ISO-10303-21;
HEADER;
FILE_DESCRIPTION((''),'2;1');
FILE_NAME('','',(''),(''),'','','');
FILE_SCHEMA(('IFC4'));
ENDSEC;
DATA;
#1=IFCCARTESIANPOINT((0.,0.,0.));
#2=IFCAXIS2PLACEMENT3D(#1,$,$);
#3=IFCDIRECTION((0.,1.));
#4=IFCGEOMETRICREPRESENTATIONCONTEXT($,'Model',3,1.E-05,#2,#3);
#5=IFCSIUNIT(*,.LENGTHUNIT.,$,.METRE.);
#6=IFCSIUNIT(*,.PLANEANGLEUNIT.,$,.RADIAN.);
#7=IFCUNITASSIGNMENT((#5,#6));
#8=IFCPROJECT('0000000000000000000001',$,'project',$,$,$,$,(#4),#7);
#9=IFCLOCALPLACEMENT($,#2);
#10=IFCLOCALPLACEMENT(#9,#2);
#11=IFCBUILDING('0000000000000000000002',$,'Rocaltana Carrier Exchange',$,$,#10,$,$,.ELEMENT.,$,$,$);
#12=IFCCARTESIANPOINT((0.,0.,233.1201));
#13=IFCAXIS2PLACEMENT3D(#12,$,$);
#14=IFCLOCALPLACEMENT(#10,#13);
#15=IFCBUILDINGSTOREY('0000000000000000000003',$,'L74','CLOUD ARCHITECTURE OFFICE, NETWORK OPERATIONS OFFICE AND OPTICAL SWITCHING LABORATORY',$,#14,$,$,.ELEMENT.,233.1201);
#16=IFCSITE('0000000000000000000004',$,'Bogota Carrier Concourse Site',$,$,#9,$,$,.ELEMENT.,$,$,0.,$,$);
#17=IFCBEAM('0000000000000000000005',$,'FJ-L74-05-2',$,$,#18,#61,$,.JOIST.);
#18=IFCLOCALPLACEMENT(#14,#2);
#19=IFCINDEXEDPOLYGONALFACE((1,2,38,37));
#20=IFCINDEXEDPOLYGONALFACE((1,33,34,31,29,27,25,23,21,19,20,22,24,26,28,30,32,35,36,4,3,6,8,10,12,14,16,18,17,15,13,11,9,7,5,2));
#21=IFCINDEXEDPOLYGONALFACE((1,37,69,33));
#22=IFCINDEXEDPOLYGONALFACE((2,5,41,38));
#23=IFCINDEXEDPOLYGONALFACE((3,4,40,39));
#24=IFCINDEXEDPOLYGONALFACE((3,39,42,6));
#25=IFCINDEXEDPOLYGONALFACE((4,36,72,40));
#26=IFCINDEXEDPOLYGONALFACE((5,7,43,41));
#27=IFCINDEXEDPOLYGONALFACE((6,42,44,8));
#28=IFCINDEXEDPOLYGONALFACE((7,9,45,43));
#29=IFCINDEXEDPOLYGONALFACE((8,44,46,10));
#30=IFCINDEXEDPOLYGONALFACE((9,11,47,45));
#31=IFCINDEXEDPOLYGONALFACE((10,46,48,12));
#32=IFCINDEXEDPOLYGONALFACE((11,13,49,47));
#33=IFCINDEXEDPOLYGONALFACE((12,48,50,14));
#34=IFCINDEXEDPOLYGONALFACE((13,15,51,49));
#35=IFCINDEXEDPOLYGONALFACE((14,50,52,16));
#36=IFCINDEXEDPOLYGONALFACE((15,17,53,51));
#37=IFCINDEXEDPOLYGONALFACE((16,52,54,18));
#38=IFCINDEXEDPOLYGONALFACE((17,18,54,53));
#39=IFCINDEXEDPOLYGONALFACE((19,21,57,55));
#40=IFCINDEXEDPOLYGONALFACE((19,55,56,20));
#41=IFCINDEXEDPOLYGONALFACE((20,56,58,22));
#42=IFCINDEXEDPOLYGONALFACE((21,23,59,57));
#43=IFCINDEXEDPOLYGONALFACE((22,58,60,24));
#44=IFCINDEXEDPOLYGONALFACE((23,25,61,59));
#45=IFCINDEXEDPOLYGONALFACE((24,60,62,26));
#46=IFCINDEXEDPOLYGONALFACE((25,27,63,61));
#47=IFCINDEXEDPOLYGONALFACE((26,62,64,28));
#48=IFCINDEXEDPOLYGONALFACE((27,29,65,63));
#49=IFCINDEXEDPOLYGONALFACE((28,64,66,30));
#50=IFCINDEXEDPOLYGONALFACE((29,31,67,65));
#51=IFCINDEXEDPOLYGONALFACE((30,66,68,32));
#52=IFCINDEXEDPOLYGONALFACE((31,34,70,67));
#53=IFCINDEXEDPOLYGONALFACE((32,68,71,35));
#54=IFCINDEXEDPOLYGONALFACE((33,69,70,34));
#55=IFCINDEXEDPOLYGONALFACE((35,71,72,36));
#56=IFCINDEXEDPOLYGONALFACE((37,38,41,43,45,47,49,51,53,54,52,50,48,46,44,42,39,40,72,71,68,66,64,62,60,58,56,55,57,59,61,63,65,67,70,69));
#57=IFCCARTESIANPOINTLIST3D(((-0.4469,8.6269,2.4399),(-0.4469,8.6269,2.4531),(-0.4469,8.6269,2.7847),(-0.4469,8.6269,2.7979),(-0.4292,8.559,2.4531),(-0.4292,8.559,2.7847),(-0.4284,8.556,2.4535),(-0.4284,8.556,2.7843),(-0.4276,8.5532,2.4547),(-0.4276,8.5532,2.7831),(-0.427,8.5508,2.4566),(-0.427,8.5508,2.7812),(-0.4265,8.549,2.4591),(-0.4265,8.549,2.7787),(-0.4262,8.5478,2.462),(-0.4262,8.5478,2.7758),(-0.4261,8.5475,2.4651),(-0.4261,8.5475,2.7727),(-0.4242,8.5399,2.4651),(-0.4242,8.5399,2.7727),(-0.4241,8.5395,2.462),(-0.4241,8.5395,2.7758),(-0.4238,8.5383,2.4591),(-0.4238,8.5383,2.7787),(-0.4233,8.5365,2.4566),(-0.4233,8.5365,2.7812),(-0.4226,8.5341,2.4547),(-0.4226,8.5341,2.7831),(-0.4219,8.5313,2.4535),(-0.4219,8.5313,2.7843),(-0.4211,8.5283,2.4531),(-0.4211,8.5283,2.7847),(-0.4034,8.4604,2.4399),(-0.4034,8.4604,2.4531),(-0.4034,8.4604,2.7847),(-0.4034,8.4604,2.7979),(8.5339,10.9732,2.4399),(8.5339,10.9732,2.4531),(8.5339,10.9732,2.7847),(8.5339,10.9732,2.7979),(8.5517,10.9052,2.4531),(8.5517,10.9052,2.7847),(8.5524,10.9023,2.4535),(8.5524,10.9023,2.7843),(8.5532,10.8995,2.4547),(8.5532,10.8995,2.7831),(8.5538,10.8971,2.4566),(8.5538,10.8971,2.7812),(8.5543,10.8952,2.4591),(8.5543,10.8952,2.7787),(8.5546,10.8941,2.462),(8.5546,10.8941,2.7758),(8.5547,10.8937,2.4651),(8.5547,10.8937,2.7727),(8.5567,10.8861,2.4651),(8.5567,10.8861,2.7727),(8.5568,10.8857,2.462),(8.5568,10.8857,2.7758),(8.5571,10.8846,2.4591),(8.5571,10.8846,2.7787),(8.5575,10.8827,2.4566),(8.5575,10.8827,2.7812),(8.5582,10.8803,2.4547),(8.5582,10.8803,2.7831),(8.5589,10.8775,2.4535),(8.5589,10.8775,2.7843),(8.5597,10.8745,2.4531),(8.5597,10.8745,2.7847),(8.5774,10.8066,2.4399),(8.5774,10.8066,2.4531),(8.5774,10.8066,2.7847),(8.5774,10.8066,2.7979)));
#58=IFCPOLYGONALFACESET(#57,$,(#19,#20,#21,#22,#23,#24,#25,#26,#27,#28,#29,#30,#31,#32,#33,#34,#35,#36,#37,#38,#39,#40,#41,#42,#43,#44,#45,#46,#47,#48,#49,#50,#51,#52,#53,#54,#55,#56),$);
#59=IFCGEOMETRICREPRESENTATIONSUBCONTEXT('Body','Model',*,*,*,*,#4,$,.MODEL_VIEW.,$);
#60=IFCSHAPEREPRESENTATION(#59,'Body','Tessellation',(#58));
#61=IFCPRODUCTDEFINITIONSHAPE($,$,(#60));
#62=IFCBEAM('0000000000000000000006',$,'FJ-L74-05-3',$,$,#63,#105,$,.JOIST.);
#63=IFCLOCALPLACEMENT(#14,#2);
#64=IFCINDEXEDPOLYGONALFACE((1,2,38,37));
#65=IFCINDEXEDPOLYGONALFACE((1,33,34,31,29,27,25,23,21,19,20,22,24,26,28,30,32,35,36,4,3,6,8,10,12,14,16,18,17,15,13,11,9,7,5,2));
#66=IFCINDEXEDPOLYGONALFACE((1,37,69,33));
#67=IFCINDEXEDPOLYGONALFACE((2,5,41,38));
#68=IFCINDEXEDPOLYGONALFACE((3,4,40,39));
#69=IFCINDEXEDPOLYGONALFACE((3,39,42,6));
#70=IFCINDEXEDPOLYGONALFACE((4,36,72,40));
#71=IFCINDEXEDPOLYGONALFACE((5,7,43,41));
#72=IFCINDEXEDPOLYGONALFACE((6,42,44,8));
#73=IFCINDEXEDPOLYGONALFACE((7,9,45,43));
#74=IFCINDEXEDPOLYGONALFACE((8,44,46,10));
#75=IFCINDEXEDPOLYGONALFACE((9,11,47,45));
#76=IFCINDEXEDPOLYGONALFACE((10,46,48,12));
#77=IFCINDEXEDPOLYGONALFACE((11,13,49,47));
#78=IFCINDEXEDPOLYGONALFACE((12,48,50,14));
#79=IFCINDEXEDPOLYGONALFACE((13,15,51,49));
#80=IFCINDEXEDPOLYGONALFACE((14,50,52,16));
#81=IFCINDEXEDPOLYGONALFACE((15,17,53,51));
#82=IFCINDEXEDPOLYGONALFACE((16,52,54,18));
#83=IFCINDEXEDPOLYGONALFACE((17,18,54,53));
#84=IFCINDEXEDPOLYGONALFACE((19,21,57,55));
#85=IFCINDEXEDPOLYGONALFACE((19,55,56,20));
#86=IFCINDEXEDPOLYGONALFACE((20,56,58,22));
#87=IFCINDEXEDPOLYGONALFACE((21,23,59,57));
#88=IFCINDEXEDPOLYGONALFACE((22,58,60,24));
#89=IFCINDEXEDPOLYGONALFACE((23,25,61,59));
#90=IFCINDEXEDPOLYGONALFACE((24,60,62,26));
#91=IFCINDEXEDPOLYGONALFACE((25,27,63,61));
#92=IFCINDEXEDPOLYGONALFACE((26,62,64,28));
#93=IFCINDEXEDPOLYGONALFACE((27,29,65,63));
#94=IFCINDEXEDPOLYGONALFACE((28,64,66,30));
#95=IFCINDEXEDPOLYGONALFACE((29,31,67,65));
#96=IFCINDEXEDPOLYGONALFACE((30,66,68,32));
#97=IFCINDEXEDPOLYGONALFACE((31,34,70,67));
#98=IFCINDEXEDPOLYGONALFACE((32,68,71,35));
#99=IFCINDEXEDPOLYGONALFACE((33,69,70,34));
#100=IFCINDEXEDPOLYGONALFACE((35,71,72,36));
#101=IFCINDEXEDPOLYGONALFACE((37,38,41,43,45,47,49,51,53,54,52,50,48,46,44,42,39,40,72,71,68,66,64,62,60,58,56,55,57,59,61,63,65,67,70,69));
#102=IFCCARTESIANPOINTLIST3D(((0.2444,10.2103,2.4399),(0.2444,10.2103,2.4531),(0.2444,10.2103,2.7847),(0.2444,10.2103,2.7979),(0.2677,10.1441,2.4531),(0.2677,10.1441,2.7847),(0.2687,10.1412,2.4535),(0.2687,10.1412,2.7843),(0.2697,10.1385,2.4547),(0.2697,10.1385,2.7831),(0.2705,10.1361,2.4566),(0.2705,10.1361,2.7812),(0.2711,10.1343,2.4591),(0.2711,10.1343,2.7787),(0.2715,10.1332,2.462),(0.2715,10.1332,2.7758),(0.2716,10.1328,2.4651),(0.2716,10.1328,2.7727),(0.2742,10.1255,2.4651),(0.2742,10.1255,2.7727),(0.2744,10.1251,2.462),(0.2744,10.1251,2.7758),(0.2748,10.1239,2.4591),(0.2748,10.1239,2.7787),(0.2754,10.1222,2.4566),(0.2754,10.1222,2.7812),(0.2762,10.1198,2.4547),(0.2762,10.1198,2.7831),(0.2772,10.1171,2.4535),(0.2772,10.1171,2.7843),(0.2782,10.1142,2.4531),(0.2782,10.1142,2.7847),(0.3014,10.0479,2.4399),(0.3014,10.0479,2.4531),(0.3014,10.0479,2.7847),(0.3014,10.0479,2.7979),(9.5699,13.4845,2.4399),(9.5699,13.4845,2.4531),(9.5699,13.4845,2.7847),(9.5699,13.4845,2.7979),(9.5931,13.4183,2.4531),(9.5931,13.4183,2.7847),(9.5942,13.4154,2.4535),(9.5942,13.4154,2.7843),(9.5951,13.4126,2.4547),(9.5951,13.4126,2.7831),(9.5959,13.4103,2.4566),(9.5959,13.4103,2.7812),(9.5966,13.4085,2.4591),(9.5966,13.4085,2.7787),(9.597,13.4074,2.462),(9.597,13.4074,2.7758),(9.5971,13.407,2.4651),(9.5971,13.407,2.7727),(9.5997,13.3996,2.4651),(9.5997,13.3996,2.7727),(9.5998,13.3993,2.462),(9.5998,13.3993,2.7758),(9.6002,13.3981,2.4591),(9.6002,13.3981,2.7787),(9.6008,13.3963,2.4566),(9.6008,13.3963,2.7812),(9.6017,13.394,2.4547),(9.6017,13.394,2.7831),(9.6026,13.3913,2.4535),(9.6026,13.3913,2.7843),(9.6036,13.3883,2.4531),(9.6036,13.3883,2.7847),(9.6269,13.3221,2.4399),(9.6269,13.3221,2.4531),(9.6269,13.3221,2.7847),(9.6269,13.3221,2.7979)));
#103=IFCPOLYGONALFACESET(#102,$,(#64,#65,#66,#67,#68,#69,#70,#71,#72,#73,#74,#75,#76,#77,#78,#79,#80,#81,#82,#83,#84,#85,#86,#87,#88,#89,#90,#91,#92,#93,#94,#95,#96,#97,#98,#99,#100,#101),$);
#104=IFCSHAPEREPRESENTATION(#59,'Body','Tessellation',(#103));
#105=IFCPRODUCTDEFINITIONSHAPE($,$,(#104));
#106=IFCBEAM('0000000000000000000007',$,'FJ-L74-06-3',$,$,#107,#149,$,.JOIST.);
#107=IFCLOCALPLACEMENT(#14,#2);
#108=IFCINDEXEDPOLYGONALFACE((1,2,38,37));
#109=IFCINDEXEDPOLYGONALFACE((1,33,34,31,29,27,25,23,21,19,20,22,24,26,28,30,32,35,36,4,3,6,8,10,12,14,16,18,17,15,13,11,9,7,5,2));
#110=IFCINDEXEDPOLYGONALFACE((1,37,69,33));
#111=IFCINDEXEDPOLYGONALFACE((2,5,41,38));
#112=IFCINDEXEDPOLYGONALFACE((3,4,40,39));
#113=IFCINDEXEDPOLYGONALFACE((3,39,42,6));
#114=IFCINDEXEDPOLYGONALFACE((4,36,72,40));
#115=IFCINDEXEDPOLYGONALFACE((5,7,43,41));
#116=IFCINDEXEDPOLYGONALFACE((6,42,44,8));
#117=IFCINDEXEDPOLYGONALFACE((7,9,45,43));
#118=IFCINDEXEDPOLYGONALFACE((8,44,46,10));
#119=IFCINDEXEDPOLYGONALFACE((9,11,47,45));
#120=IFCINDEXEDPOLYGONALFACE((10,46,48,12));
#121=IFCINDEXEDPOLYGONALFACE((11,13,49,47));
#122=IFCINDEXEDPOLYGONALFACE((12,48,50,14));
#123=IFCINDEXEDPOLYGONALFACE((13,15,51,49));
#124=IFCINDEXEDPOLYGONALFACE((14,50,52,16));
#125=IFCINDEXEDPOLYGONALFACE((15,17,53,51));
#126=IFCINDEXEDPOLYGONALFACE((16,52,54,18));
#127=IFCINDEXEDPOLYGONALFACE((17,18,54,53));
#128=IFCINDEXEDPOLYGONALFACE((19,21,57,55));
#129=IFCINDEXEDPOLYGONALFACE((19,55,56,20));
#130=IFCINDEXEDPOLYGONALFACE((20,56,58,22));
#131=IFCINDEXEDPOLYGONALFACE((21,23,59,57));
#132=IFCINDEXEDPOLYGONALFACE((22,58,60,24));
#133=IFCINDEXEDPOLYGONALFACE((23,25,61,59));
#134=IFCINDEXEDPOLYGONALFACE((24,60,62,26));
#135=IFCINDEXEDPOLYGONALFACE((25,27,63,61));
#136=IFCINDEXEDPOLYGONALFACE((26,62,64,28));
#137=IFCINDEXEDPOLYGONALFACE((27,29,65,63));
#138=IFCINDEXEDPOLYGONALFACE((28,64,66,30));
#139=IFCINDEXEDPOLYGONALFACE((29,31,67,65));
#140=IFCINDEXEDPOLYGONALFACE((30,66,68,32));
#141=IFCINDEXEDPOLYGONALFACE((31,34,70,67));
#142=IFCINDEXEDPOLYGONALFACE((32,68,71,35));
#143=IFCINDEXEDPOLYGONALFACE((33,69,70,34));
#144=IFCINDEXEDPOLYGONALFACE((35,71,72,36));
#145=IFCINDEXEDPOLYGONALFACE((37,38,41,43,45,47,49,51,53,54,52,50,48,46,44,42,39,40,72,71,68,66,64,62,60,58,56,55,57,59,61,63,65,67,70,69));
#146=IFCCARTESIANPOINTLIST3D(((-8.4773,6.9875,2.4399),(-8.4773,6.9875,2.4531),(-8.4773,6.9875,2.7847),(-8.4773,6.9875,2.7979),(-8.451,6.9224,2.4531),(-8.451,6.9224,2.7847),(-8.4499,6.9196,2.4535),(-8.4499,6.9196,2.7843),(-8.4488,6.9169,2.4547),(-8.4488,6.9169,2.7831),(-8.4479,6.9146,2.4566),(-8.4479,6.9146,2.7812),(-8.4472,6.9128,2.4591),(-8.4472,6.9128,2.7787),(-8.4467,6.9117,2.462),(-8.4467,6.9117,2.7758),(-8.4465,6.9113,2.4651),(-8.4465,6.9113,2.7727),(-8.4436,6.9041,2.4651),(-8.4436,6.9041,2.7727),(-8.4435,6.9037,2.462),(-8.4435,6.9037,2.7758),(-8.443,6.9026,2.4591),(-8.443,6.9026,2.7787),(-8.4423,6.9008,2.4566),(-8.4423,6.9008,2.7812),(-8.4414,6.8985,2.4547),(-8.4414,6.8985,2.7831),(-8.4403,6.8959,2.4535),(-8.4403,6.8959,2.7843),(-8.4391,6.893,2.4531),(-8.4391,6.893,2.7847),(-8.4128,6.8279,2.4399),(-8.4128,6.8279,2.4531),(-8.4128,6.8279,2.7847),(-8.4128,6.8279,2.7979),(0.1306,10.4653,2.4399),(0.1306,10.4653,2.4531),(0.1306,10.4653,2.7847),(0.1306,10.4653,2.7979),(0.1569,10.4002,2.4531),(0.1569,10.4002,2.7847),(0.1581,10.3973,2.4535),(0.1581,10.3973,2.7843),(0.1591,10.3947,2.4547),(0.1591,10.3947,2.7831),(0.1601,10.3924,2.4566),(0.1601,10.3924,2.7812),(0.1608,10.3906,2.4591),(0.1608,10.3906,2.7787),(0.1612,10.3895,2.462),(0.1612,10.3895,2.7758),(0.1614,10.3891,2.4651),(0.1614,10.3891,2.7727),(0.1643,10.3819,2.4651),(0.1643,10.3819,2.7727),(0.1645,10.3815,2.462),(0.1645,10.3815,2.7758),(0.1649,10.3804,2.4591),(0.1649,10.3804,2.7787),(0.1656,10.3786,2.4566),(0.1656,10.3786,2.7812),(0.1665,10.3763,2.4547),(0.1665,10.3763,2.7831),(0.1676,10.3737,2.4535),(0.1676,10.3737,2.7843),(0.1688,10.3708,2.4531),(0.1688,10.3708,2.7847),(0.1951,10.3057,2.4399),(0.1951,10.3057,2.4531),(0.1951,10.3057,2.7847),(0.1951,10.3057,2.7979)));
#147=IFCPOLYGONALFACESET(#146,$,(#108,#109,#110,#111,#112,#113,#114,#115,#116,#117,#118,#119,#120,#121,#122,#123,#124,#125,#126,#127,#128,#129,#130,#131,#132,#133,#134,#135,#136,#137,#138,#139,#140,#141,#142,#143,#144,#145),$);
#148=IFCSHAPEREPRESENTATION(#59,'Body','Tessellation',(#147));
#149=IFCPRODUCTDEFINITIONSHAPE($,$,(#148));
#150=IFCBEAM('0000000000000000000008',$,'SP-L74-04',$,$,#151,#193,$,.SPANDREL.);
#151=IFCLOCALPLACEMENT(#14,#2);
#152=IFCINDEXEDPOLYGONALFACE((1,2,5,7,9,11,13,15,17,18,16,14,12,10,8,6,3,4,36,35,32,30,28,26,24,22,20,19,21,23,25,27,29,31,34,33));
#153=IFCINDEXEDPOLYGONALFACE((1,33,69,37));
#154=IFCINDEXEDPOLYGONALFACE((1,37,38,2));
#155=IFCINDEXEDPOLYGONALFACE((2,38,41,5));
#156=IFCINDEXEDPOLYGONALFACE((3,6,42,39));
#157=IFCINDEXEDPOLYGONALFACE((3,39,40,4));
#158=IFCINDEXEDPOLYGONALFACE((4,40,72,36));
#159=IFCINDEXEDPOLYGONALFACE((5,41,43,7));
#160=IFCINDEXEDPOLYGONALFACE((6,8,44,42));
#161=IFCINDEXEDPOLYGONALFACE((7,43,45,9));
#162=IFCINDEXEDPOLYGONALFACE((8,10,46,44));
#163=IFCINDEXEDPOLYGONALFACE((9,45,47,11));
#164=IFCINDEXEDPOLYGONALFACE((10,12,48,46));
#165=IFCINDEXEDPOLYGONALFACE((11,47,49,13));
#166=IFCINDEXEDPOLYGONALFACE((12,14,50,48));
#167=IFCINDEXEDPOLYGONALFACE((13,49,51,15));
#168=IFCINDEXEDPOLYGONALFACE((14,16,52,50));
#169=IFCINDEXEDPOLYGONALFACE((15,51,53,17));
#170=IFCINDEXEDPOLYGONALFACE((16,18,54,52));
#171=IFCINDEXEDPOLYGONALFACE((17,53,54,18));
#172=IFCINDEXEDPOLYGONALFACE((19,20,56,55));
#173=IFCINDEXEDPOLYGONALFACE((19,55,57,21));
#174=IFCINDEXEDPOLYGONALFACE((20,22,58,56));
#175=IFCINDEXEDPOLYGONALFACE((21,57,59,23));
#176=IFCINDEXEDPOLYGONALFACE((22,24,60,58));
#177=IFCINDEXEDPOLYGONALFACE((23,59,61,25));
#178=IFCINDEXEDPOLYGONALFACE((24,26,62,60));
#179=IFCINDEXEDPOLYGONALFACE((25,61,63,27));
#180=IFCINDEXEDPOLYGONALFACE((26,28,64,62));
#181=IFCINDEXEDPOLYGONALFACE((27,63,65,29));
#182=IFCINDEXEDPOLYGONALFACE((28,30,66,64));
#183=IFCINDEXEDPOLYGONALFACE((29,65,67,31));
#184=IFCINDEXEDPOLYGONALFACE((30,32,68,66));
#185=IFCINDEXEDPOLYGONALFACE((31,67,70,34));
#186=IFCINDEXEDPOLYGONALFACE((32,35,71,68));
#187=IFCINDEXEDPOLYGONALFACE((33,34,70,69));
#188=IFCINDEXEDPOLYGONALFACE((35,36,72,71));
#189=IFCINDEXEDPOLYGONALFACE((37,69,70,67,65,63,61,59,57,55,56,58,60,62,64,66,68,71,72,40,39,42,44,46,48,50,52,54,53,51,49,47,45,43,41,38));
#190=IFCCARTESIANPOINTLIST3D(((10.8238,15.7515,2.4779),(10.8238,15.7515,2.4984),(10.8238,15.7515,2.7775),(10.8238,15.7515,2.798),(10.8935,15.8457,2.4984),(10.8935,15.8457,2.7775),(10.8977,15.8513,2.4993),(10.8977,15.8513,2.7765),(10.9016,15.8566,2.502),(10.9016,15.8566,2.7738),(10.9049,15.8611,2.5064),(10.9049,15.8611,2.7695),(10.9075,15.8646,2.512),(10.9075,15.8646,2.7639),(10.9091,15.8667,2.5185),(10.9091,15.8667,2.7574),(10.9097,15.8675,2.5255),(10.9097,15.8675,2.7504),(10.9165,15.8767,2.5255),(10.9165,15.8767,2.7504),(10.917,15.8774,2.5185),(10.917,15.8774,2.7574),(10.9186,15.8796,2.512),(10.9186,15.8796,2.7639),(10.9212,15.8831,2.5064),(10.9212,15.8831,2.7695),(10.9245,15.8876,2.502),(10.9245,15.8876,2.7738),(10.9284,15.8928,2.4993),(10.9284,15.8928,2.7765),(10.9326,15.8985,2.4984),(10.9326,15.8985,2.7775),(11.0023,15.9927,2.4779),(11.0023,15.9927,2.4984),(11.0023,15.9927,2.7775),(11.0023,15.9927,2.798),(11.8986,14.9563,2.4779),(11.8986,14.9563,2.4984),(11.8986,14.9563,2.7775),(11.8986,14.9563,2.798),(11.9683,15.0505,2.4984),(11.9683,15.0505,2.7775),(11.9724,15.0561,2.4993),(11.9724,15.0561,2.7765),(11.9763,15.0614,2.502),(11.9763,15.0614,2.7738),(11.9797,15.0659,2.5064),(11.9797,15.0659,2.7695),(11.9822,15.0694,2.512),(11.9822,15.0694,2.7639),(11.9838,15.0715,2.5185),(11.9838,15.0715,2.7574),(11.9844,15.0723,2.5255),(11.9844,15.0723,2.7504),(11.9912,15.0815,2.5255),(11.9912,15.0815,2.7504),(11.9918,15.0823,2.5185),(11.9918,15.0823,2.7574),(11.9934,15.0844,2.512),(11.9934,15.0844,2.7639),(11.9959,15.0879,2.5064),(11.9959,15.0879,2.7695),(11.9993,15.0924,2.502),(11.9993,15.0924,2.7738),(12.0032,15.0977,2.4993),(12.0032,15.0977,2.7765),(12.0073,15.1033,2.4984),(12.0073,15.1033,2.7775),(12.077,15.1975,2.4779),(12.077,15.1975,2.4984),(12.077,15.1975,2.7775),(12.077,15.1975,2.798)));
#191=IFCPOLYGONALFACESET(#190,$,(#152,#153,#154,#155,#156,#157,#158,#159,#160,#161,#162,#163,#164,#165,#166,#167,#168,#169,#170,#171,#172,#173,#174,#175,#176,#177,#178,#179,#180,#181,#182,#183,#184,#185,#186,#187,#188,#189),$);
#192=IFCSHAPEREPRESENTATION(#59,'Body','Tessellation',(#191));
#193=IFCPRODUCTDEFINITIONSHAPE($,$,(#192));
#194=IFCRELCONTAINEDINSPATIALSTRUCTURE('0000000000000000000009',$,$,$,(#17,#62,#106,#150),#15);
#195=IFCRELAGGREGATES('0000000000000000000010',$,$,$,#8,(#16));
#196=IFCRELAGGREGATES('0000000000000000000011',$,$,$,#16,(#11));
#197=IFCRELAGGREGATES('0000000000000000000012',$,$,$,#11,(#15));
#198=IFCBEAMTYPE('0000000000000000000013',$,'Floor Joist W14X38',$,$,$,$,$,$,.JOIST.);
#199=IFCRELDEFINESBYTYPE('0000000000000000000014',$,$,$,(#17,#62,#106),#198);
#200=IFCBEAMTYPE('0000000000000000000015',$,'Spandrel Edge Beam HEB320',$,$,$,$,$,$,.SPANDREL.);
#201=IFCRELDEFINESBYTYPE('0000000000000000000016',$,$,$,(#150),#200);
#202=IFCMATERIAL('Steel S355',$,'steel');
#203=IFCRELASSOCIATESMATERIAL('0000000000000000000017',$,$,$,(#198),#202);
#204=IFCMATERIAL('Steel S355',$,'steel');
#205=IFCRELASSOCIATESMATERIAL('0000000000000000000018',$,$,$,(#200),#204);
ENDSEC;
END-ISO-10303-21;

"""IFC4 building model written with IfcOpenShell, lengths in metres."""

from ifc_helpers import new_model, si_unit, direction, frame, origin, origin_2d, place, context, subcontext, project, spatial, i_section, extrude, material, material_profile, profile_set, type_object, element, save


model = new_model("IFC4")

# Units and contexts
model_context = context("Model", 3, precision=1e-05, world=origin(), true_north=direction((0.0, 1.0)))
body_context = subcontext(model_context, "Body", "Model", "MODEL_VIEW")
ifc_project = project(units=[si_unit("LENGTHUNIT", "METRE"), si_unit("PLANEANGLEUNIT", "RADIAN")], contexts=[model_context])

# Site, building, storey
site_placement = place(None, origin())
site = spatial("IfcSite", under=ifc_project, at=site_placement, Name="Bogota Carrier Concourse Site", CompositionType="ELEMENT", RefElevation=0.0)
building_placement = place(site_placement, origin())
building = spatial("IfcBuilding", under=site, at=building_placement, Name="Rocaltana Carrier Exchange", CompositionType="ELEMENT")
storey_placement = place(building_placement, frame((0.0, 0.0, 233.1201)))
storey = spatial("IfcBuildingStorey", under=building, at=storey_placement, Name="L74", Description="CLOUD ARCHITECTURE OFFICE, NETWORK OPERATIONS OFFICE AND OPTICAL SWITCHING LABORATORY", CompositionType="ELEMENT", Elevation=233.1201)

# Beams
ifc_material_1 = material(Name="Steel S355", Category="steel")
ifc_material_profile_1 = material_profile(ifc_material_1, i_section(OverallWidth=0.1721, OverallDepth=0.3579, WebThickness=0.0078, FlangeThickness=0.0132, FilletRadius=0.012, at=origin_2d()), Name="W14X38")
ifc_profile_set_1 = profile_set([ifc_material_profile_1], Name="Steel S355")
beam_type_1 = type_object("IfcBeamType", Name="Floor Joist W14X38", PredefinedType="JOIST", material=ifc_profile_set_1)
beam_1_placement = place(storey_placement, frame((8.5557, 10.8899, 2.6189), z_axis=(-0.967528, -0.252765, 0.0), x_axis=(0.252765, -0.967528, 0.0)))
element("IfcBeam", 1, at=beam_1_placement, inside=storey, type_object=beam_type_1, Name="FJ-L74-05-2", PredefinedType="JOIST", context=body_context, shape_type="SweptSolid", body=[
    extrude(i_section(OverallWidth=0.1721, OverallDepth=0.3579, WebThickness=0.0078, FlangeThickness=0.0132, FilletRadius=0.012, at=origin_2d()), origin(), (0.0, 0.0, 1.0), 9.2822),
])
beam_2_placement = place(storey_placement, frame((9.5984, 13.4033, 2.6189), z_axis=(-0.943534, -0.331276, 0.0), x_axis=(0.331276, -0.943534, 0.0)))
element("IfcBeam", 2, at=beam_2_placement, inside=storey, type_object=beam_type_1, Name="FJ-L74-05-3", PredefinedType="JOIST", context=body_context, shape_type="SweptSolid", body=[
    extrude(i_section(OverallWidth=0.1721, OverallDepth=0.3579, WebThickness=0.0078, FlangeThickness=0.0132, FilletRadius=0.012, at=origin_2d()), origin(), (0.0, 0.0, 1.0), 9.8835),
])
beam_3_placement = place(storey_placement, frame((0.1628, 10.3855, 2.6189), z_axis=(-0.927185, -0.374603, 0.0), x_axis=(0.374603, -0.927185, 0.0)))
element("IfcBeam", 3, at=beam_3_placement, inside=storey, type_object=beam_type_1, Name="FJ-L74-06-3", PredefinedType="JOIST", context=body_context, shape_type="SweptSolid", body=[
    extrude(i_section(OverallWidth=0.1721, OverallDepth=0.3579, WebThickness=0.0078, FlangeThickness=0.0132, FilletRadius=0.012, at=origin_2d()), origin(), (0.0, 0.0, 1.0), 9.2839),
])
ifc_material_2 = material(Name="Steel S355", Category="steel")
ifc_material_profile_2 = material_profile(ifc_material_2, i_section(OverallWidth=0.3, OverallDepth=0.3201, WebThickness=0.0115, FlangeThickness=0.0205, FilletRadius=0.0271, at=origin_2d()), Name="HEB320")
ifc_profile_set_2 = profile_set([ifc_material_profile_2], Name="Steel S355")
beam_type_2 = type_object("IfcBeamType", Name="Spandrel Edge Beam HEB320", PredefinedType="SPANDREL", material=ifc_profile_set_2)
beam_4_placement = place(storey_placement, frame((11.9878, 15.0769, 2.6379), z_axis=(-0.803884, 0.594786, 0.0), x_axis=(-0.594786, -0.803884, 0.0)))
element("IfcBeam", 4, at=beam_4_placement, inside=storey, type_object=beam_type_2, Name="SP-L74-04", PredefinedType="SPANDREL", context=body_context, shape_type="SweptSolid", body=[
    extrude(i_section(OverallWidth=0.3, OverallDepth=0.3201, WebThickness=0.0115, FlangeThickness=0.0205, FilletRadius=0.0271, at=origin_2d()), origin(), (0.0, 0.0, 1.0), 1.3369),
])

save(model, "model.ifc")
